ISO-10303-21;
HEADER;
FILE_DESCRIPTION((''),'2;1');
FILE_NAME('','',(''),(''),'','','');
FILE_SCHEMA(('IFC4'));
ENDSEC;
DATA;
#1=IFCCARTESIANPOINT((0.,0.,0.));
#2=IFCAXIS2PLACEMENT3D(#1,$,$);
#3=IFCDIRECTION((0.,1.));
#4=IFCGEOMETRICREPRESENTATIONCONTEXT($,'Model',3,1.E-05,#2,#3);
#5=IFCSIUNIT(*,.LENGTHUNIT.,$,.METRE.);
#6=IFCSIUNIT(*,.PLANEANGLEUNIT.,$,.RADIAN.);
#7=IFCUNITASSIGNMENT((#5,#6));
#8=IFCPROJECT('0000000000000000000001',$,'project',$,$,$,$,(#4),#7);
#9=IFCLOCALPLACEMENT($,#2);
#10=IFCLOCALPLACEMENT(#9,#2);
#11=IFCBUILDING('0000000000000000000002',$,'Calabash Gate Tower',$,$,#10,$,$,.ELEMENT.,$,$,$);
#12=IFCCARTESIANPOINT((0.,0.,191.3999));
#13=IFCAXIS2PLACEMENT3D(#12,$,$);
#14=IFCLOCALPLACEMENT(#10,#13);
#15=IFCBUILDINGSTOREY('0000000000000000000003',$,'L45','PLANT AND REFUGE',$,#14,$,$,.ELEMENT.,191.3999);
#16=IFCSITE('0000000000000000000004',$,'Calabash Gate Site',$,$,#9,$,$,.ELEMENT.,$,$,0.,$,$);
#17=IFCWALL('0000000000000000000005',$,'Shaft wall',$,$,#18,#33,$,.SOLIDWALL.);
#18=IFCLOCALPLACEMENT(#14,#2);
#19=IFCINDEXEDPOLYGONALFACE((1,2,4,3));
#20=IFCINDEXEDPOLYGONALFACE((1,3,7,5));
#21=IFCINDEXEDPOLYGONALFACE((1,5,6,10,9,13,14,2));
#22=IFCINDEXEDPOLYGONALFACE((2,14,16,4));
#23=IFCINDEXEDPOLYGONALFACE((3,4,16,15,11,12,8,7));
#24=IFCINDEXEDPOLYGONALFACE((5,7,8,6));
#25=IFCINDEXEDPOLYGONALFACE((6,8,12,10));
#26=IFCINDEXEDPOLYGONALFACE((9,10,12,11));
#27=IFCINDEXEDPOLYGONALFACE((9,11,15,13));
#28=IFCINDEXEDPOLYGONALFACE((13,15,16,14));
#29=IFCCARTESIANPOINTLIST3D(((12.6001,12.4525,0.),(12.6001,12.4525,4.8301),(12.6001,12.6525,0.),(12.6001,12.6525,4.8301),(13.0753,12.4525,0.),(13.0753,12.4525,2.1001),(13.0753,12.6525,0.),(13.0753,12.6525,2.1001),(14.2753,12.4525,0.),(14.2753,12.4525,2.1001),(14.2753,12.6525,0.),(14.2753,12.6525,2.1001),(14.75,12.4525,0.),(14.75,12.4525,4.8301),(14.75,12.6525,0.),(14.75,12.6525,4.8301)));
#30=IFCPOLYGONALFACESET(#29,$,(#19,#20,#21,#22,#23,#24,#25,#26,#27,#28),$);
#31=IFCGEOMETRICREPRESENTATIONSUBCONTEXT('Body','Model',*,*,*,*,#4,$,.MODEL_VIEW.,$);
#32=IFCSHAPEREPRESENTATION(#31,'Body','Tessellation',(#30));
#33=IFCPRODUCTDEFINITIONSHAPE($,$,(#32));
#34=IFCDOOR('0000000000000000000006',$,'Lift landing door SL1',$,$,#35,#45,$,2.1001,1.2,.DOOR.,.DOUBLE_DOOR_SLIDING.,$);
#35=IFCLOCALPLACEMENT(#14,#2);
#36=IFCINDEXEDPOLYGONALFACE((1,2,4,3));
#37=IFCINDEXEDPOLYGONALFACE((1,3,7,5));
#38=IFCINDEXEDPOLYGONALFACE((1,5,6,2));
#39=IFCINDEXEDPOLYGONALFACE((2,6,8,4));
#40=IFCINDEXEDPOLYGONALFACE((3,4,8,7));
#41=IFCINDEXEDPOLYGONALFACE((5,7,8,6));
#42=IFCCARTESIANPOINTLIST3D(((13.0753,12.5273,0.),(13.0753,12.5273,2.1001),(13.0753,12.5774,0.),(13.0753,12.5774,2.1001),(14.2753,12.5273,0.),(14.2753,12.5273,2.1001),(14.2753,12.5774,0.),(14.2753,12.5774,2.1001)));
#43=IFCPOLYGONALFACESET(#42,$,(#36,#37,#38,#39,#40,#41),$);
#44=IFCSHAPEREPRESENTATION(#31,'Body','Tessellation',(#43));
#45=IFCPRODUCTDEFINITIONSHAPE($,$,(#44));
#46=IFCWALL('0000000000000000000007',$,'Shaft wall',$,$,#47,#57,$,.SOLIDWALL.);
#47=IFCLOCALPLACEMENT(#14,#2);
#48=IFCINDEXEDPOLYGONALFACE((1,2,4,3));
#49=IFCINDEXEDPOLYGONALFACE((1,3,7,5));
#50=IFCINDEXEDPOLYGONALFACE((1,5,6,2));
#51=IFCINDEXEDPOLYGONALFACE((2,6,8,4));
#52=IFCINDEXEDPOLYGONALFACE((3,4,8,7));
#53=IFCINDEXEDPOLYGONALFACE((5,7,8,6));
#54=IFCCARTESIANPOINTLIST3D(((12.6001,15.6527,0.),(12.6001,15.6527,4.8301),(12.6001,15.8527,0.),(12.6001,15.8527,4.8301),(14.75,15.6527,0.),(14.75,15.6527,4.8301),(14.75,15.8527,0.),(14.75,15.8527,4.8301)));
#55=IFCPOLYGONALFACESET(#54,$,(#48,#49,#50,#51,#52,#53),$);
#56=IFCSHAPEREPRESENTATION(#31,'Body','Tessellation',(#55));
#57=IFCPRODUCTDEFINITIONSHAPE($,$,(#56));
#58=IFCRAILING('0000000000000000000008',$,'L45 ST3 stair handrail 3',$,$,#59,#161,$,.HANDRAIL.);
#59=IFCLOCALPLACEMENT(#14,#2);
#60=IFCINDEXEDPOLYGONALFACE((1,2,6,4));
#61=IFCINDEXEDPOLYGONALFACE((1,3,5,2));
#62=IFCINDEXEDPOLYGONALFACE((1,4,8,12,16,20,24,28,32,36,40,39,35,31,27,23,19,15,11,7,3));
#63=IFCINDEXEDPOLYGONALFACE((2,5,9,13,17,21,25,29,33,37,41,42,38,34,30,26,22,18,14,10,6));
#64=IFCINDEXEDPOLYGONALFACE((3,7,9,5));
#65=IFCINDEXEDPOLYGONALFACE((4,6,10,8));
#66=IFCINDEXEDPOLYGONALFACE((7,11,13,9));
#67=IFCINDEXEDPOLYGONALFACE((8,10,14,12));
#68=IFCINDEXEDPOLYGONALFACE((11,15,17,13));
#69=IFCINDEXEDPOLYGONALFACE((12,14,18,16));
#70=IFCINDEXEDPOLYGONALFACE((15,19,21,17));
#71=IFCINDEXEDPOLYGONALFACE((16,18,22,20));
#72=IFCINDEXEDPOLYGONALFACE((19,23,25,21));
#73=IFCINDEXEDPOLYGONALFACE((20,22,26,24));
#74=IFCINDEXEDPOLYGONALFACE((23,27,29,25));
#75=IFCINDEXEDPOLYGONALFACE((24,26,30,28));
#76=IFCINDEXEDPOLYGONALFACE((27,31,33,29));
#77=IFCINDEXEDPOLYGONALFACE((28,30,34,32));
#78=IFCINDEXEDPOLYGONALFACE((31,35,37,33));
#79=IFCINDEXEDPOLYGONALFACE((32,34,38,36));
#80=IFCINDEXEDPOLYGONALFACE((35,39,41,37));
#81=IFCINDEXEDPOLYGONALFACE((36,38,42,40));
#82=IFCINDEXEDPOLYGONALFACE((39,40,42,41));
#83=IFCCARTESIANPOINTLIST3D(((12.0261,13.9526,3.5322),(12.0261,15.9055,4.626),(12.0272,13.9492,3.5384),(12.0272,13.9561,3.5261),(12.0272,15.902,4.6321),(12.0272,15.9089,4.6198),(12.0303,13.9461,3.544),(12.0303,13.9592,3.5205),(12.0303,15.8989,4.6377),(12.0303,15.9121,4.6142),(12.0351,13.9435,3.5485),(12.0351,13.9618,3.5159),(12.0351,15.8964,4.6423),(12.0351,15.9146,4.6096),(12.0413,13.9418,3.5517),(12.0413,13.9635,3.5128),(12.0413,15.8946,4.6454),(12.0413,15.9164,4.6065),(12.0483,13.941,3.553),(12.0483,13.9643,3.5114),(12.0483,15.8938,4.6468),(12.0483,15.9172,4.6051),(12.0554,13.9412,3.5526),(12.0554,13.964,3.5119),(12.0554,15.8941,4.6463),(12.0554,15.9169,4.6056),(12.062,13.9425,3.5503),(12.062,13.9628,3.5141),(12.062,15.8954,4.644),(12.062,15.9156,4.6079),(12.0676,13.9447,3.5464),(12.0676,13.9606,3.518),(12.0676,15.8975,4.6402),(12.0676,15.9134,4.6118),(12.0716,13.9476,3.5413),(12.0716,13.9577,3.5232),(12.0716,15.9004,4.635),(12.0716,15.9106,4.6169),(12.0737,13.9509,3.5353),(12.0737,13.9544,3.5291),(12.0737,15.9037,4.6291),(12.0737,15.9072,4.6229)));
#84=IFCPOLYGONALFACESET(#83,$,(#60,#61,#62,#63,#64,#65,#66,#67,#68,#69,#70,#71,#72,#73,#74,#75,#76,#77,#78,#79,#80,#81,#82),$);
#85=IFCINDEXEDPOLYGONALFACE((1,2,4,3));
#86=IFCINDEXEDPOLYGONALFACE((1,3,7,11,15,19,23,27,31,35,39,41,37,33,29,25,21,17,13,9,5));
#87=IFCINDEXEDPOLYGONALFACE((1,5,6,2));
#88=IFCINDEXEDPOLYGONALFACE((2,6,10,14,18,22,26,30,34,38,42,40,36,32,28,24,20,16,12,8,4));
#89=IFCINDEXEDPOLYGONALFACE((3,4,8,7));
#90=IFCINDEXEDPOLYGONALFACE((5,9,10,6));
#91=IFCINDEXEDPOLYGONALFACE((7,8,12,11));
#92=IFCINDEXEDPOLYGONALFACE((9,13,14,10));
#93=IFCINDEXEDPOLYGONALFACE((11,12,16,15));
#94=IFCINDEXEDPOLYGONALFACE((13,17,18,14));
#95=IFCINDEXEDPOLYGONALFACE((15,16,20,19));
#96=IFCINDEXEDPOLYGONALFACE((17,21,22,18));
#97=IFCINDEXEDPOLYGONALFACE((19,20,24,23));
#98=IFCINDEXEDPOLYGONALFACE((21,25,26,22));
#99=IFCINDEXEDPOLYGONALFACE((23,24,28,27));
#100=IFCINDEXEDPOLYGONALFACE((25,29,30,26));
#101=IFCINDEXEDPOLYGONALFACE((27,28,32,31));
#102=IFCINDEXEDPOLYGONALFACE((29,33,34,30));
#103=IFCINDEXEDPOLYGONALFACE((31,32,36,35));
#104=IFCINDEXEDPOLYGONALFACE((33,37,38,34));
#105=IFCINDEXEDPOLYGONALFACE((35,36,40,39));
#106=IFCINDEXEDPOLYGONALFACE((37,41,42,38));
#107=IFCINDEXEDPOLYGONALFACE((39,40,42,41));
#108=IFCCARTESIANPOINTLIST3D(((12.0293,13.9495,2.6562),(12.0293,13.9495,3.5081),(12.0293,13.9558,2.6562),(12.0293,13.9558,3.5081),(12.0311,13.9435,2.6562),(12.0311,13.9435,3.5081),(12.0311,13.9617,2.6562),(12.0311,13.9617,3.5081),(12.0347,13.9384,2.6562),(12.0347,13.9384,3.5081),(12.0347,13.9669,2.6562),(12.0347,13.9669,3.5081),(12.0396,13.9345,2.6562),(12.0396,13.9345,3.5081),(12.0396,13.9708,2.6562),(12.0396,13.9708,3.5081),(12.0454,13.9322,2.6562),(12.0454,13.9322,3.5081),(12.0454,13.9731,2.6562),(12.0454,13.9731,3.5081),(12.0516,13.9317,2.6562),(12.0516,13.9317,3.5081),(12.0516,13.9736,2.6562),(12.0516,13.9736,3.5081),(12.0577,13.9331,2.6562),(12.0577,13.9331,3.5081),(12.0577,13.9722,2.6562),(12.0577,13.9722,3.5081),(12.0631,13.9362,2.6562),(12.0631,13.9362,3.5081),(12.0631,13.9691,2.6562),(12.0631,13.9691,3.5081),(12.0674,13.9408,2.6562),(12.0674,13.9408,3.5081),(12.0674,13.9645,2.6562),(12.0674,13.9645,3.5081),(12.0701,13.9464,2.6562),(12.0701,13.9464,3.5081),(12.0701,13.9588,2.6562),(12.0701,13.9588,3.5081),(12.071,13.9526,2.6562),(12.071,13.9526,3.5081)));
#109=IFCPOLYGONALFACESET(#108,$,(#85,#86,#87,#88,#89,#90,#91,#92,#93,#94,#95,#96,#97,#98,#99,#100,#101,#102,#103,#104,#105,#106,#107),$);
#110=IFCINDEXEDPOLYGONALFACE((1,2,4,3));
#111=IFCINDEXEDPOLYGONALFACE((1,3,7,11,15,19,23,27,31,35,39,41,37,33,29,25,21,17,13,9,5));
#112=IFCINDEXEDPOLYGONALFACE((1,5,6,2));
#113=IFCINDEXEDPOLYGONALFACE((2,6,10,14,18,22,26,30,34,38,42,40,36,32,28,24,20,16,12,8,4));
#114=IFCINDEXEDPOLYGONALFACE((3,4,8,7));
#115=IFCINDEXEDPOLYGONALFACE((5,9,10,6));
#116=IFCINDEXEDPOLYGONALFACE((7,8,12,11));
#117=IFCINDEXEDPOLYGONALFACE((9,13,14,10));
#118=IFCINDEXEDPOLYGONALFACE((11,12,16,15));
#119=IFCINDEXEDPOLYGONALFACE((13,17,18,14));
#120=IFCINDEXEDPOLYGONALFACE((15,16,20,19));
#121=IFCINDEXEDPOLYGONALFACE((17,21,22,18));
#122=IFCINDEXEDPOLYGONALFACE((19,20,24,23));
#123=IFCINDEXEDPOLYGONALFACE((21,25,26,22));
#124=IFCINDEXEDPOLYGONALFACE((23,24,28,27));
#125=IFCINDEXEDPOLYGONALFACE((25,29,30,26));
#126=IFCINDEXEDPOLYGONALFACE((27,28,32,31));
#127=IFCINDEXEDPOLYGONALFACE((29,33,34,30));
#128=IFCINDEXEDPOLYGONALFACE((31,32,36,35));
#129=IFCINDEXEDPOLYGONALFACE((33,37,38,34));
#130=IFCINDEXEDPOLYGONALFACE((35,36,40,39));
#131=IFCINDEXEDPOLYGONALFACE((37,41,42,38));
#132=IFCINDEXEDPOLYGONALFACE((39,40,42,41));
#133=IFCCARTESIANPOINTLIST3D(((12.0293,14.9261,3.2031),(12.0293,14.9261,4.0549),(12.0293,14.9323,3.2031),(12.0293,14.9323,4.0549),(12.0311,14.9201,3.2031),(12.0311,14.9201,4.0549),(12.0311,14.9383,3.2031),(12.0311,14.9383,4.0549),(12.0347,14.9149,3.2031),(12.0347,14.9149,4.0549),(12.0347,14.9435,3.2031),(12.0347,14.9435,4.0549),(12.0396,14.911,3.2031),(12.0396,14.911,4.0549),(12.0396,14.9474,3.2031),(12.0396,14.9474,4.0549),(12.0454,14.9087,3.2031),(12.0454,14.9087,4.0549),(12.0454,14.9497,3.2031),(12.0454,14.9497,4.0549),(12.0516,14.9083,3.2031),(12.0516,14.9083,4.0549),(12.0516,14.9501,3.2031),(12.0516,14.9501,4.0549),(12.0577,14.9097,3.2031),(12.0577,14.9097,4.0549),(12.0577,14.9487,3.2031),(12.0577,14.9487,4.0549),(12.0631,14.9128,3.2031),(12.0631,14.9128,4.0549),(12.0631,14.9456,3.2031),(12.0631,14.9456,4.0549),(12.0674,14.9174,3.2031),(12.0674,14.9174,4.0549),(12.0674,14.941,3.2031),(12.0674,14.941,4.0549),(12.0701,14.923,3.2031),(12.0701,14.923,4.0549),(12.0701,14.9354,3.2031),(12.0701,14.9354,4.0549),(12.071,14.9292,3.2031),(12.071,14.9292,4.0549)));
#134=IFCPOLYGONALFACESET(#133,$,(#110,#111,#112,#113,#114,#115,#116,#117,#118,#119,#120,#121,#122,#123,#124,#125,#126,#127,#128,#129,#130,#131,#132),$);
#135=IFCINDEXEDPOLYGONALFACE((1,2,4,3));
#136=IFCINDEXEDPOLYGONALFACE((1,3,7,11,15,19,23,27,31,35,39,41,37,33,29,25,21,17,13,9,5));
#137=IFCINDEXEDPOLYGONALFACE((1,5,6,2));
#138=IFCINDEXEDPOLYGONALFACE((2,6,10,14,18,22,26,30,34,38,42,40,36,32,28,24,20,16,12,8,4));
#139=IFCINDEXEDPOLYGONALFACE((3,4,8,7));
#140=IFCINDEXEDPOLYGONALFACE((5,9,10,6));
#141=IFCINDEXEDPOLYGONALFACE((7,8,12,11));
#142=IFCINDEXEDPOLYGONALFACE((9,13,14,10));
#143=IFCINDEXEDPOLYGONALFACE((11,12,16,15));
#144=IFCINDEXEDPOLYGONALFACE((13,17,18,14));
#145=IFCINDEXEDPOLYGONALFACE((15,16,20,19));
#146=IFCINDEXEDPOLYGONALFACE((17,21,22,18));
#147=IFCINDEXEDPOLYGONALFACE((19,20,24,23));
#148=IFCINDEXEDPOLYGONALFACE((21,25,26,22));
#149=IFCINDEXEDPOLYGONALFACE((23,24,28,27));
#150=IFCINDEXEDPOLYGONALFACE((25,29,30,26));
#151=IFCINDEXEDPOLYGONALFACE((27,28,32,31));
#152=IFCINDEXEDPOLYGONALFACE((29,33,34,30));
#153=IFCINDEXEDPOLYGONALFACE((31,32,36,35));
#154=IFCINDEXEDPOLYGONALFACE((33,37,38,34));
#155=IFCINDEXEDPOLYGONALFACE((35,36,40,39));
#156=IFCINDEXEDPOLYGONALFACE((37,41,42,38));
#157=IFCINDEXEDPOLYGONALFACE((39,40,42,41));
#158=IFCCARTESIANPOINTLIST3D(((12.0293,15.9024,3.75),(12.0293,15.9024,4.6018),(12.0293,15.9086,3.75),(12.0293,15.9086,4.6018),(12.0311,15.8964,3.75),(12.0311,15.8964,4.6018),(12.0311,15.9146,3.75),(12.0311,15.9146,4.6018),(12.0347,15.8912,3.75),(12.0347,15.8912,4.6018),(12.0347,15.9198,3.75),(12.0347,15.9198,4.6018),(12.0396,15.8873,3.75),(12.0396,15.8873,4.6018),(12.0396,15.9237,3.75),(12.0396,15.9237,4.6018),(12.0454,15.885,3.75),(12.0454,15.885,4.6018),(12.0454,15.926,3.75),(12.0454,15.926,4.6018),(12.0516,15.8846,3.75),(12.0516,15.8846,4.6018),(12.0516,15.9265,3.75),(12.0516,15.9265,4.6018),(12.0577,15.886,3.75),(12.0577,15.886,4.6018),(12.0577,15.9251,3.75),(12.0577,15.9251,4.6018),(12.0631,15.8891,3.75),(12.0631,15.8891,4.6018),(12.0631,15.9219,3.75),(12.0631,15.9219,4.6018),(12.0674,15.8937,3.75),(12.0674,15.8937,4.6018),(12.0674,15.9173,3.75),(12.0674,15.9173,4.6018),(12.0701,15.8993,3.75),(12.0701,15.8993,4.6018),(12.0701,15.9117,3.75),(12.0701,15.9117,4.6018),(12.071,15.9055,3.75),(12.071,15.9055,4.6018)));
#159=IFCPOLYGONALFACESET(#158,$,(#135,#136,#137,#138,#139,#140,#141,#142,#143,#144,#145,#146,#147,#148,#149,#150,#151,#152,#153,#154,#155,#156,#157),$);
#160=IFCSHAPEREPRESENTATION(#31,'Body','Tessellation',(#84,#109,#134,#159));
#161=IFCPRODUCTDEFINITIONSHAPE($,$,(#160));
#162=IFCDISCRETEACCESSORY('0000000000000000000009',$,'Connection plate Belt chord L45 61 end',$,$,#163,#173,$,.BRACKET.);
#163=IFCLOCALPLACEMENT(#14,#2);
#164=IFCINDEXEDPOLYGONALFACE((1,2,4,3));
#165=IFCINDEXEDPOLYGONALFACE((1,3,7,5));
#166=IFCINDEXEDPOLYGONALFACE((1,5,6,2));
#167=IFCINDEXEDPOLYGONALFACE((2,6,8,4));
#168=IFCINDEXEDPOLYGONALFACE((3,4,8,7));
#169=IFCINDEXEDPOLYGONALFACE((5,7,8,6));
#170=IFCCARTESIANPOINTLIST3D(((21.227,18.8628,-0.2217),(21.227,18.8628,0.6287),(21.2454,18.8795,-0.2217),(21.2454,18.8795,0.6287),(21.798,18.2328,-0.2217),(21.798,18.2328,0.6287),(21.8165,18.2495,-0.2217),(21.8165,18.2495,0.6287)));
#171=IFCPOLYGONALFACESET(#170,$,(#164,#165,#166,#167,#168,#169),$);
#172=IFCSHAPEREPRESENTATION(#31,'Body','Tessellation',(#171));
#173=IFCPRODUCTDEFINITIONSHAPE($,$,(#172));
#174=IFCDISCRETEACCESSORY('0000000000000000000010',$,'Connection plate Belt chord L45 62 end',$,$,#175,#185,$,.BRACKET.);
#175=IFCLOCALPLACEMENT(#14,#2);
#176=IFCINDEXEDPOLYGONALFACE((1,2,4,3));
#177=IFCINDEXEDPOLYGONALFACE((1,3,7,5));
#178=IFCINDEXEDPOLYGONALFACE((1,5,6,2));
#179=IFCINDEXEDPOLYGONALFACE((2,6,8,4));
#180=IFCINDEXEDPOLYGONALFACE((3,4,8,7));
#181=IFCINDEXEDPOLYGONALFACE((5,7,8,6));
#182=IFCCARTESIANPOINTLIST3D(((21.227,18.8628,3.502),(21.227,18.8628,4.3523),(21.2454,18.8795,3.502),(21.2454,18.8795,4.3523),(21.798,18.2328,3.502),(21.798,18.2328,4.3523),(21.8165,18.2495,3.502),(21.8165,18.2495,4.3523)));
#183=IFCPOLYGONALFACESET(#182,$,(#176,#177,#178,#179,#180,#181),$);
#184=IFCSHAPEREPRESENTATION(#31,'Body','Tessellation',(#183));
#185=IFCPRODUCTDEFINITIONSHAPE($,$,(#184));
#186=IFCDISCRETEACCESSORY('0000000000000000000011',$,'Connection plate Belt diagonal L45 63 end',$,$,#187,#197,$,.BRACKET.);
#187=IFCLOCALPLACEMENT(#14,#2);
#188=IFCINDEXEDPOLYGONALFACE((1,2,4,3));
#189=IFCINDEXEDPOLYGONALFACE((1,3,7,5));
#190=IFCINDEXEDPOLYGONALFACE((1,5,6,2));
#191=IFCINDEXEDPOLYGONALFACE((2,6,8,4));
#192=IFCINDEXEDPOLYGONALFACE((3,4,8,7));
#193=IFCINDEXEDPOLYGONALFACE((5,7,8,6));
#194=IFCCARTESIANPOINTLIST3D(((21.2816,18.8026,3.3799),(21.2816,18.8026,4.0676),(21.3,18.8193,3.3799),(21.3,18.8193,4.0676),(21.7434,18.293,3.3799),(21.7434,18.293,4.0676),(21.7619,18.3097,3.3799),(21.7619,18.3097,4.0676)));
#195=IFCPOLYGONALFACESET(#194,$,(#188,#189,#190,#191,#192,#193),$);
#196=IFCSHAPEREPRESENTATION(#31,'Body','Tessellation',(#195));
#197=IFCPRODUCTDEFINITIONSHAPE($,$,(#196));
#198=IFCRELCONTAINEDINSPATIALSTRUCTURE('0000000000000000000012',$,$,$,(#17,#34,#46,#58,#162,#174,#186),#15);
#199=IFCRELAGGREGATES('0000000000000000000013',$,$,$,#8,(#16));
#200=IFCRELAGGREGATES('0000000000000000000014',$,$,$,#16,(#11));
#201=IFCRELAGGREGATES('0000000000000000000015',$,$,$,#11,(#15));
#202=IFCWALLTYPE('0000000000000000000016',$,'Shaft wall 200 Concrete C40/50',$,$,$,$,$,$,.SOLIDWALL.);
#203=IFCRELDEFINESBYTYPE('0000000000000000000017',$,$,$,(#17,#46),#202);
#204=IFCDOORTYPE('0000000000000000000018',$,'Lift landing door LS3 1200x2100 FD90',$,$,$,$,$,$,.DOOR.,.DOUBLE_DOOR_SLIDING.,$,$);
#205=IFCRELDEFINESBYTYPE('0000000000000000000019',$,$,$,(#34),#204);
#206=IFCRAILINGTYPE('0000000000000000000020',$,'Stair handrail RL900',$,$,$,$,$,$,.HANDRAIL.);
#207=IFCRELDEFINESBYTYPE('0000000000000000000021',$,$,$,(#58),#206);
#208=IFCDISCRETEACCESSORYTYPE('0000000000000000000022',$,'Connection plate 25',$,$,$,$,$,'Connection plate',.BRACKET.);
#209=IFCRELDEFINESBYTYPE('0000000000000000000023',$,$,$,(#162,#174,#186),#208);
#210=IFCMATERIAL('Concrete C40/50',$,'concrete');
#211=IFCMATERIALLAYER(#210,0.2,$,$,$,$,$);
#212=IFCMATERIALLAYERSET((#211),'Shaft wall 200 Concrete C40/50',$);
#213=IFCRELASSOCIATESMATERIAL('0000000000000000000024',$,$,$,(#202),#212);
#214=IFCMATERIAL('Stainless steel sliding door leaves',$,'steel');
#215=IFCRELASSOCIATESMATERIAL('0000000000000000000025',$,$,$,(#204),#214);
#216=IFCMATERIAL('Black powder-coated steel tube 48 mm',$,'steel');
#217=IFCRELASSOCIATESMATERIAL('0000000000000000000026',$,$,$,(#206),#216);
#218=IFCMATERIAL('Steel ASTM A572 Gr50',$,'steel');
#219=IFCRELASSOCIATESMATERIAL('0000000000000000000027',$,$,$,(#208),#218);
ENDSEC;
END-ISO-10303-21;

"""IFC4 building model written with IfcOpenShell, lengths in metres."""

from ifc_helpers import new_model, si_unit, direction, frame, frame_2d, origin, origin_2d, place, context, subcontext, project, spatial, rectangle, circle, extrude, material, layer, layer_set, type_object, element, fill, save


model = new_model("IFC4")

# Units and contexts
model_context = context("Model", 3, precision=1e-05, world=origin(), true_north=direction((0.0, 1.0)))
body_context = subcontext(model_context, "Body", "Model", "MODEL_VIEW")
ifc_project = project(units=[si_unit("LENGTHUNIT", "METRE"), si_unit("PLANEANGLEUNIT", "RADIAN")], contexts=[model_context])

# Site, building, storey
site_placement = place(None, origin())
site = spatial("IfcSite", under=ifc_project, at=site_placement, Name="Calabash Gate Site", CompositionType="ELEMENT", RefElevation=0.0)
building_placement = place(site_placement, origin())
building = spatial("IfcBuilding", under=site, at=building_placement, Name="Calabash Gate Tower", CompositionType="ELEMENT")
storey_placement = place(building_placement, frame((0.0, 0.0, 191.3999)))
storey = spatial("IfcBuildingStorey", under=building, at=storey_placement, Name="L45", Description="PLANT AND REFUGE", CompositionType="ELEMENT", Elevation=191.3999)

# Shared definitions
ifc_material_1 = material(Name="Concrete C40/50", Category="concrete")
ifc_layer_1 = layer(ifc_material_1, 0.2)
ifc_layer_set_1 = layer_set([ifc_layer_1], Name="Shaft wall 200 Concrete C40/50")
wall_type_1 = type_object("IfcWallType", Name="Shaft wall 200 Concrete C40/50", PredefinedType="SOLIDWALL", material=ifc_layer_set_1)

# Wall, opening, door
wall_1_placement = place(storey_placement, frame((12.6001, 12.5525, 0.0), z_axis=(0.0, 0.0, 1.0), x_axis=(1.0, 0.0, 0.0)))
wall_1 = element("IfcWall", 1, at=wall_1_placement, inside=storey, type_object=wall_type_1, Name="Shaft wall", PredefinedType="SOLIDWALL", context=body_context, shape_type="SweptSolid", body=[
    extrude(rectangle(XDim=2.1499, YDim=0.2, at=frame_2d((1.075, 0.0))), origin(), (0.0, 0.0, 1.0), 4.8301),
])
opening_1_placement = place(wall_1_placement, frame((0.4751, 0.0, 0.0)))
opening_1 = element("IfcOpeningElement", 2, at=opening_1_placement, cuts=wall_1, PredefinedType="OPENING", context=body_context, shape_type="SweptSolid", body=[
    extrude(rectangle(XDim=1.2, YDim=2.1001, at=frame_2d((0.6001, 1.05))), frame((0.0, 0.1099, 0.0), z_axis=(0.0, -1.0, 0.0), x_axis=(1.0, 0.0, 0.0)), (0.0, 0.0, 1.0), 0.22),
])
ifc_material_2 = material(Name="Stainless steel sliding door leaves", Category="steel")
door_type_1 = type_object("IfcDoorType", Name="Lift landing door LS3 1200x2100 FD90", OperationType="DOUBLE_DOOR_SLIDING", PredefinedType="DOOR", material=ifc_material_2)
door_1_placement = place(opening_1_placement, origin())
door_1 = element("IfcDoor", 3, at=door_1_placement, inside=storey, type_object=door_type_1, Name="Lift landing door SL1", OperationType="DOUBLE_DOOR_SLIDING", OverallHeight=2.1001, OverallWidth=1.2, PredefinedType="DOOR", context=body_context, shape_type="SweptSolid", body=[
    extrude(rectangle(XDim=1.2, YDim=2.1001, at=frame_2d((0.6001, 1.05))), frame((0.0, 0.0249, 0.0), z_axis=(0.0, -1.0, 0.0), x_axis=(1.0, 0.0, 0.0)), (0.0, 0.0, 1.0), 0.05),
])
fill(opening_1, door_1)

# Wall
wall_2_placement = place(storey_placement, frame((12.6001, 15.7527, 0.0), z_axis=(0.0, 0.0, 1.0), x_axis=(1.0, 0.0, 0.0)))
element("IfcWall", 4, at=wall_2_placement, inside=storey, type_object=wall_type_1, Name="Shaft wall", PredefinedType="SOLIDWALL", context=body_context, shape_type="SweptSolid", body=[
    extrude(rectangle(XDim=2.1499, YDim=0.2, at=frame_2d((1.075, 0.0))), origin(), (0.0, 0.0, 1.0), 4.8301),
])

# Railing
ifc_material_3 = material(Name="Black powder-coated steel tube 48 mm", Category="steel")
railing_type = type_object("IfcRailingType", Name="Stair handrail RL900", PredefinedType="HANDRAIL", material=ifc_material_3)
railing_placement = place(storey_placement, frame((12.05, 13.9526, 2.6562)))
element("IfcRailing", 5, at=railing_placement, inside=storey, type_object=railing_type, Name="L45 ST3 stair handrail 3", PredefinedType="HANDRAIL", context=body_context, shape_type="SweptSolid", body=[
    extrude(circle(Radius=0.0239, at=origin_2d()), frame((0.0, 0.0, 0.876), z_axis=(0.0, 0.87248, 0.48865), x_axis=(-1.0, 0.0, 0.0)), (0.0, 0.0, 1.0), 2.2383),
    extrude(circle(Radius=0.021, at=origin_2d()), origin(), (0.0, 0.0, 1.0), 0.8518),
    extrude(circle(Radius=0.021, at=origin_2d()), frame((0.0, 0.9766, 0.5469)), (0.0, 0.0, 1.0), 0.8518),
    extrude(circle(Radius=0.021, at=origin_2d()), frame((0.0, 1.9529, 1.0938)), (0.0, 0.0, 1.0), 0.8518),
])

# Discrete accessories
ifc_material_4 = material(Name="Steel ASTM A572 Gr50", Category="steel")
discrete_accessory_type = type_object("IfcDiscreteAccessoryType", Name="Connection plate 25", ElementType="Connection plate", PredefinedType="BRACKET", material=ifc_material_4)
for number, where, z_axis, x_axis, name in (
    (6, (21.5217, 18.5562, -0.2217), (0.0, 0.0, 1.0), (-0.671554, 0.740956, 0.0), "Connection plate Belt chord L45 61 end"),
    (7, (21.5217, 18.5562, 3.502), (0.0, 0.0, 1.0), (-0.671554, 0.740956, 0.0), "Connection plate Belt chord L45 62 end"),
):
    element("IfcDiscreteAccessory", number, at=place(storey_placement, frame(where, z_axis=z_axis, x_axis=x_axis)), inside=storey, type_object=discrete_accessory_type, Name=name, PredefinedType="BRACKET", context=body_context, shape_type="SweptSolid", body=[
        extrude(rectangle(XDim=0.8503, YDim=0.0249, at=origin_2d()), origin(), (0.0, 0.0, 1.0), 0.8503),
    ])
for number, where, z_axis, x_axis, name in (
    (8, (21.5217, 18.5562, 3.3799), (0.0, 0.0, 1.0), (-0.671554, 0.740956, 0.0), "Connection plate Belt diagonal L45 63 end"),
):
    element("IfcDiscreteAccessory", number, at=place(storey_placement, frame(where, z_axis=z_axis, x_axis=x_axis)), inside=storey, type_object=discrete_accessory_type, Name=name, PredefinedType="BRACKET", context=body_context, shape_type="SweptSolid", body=[
        extrude(rectangle(XDim=0.6877, YDim=0.0249, at=origin_2d()), origin(), (0.0, 0.0, 1.0), 0.6877),
    ])

save(model, "model.ifc")
